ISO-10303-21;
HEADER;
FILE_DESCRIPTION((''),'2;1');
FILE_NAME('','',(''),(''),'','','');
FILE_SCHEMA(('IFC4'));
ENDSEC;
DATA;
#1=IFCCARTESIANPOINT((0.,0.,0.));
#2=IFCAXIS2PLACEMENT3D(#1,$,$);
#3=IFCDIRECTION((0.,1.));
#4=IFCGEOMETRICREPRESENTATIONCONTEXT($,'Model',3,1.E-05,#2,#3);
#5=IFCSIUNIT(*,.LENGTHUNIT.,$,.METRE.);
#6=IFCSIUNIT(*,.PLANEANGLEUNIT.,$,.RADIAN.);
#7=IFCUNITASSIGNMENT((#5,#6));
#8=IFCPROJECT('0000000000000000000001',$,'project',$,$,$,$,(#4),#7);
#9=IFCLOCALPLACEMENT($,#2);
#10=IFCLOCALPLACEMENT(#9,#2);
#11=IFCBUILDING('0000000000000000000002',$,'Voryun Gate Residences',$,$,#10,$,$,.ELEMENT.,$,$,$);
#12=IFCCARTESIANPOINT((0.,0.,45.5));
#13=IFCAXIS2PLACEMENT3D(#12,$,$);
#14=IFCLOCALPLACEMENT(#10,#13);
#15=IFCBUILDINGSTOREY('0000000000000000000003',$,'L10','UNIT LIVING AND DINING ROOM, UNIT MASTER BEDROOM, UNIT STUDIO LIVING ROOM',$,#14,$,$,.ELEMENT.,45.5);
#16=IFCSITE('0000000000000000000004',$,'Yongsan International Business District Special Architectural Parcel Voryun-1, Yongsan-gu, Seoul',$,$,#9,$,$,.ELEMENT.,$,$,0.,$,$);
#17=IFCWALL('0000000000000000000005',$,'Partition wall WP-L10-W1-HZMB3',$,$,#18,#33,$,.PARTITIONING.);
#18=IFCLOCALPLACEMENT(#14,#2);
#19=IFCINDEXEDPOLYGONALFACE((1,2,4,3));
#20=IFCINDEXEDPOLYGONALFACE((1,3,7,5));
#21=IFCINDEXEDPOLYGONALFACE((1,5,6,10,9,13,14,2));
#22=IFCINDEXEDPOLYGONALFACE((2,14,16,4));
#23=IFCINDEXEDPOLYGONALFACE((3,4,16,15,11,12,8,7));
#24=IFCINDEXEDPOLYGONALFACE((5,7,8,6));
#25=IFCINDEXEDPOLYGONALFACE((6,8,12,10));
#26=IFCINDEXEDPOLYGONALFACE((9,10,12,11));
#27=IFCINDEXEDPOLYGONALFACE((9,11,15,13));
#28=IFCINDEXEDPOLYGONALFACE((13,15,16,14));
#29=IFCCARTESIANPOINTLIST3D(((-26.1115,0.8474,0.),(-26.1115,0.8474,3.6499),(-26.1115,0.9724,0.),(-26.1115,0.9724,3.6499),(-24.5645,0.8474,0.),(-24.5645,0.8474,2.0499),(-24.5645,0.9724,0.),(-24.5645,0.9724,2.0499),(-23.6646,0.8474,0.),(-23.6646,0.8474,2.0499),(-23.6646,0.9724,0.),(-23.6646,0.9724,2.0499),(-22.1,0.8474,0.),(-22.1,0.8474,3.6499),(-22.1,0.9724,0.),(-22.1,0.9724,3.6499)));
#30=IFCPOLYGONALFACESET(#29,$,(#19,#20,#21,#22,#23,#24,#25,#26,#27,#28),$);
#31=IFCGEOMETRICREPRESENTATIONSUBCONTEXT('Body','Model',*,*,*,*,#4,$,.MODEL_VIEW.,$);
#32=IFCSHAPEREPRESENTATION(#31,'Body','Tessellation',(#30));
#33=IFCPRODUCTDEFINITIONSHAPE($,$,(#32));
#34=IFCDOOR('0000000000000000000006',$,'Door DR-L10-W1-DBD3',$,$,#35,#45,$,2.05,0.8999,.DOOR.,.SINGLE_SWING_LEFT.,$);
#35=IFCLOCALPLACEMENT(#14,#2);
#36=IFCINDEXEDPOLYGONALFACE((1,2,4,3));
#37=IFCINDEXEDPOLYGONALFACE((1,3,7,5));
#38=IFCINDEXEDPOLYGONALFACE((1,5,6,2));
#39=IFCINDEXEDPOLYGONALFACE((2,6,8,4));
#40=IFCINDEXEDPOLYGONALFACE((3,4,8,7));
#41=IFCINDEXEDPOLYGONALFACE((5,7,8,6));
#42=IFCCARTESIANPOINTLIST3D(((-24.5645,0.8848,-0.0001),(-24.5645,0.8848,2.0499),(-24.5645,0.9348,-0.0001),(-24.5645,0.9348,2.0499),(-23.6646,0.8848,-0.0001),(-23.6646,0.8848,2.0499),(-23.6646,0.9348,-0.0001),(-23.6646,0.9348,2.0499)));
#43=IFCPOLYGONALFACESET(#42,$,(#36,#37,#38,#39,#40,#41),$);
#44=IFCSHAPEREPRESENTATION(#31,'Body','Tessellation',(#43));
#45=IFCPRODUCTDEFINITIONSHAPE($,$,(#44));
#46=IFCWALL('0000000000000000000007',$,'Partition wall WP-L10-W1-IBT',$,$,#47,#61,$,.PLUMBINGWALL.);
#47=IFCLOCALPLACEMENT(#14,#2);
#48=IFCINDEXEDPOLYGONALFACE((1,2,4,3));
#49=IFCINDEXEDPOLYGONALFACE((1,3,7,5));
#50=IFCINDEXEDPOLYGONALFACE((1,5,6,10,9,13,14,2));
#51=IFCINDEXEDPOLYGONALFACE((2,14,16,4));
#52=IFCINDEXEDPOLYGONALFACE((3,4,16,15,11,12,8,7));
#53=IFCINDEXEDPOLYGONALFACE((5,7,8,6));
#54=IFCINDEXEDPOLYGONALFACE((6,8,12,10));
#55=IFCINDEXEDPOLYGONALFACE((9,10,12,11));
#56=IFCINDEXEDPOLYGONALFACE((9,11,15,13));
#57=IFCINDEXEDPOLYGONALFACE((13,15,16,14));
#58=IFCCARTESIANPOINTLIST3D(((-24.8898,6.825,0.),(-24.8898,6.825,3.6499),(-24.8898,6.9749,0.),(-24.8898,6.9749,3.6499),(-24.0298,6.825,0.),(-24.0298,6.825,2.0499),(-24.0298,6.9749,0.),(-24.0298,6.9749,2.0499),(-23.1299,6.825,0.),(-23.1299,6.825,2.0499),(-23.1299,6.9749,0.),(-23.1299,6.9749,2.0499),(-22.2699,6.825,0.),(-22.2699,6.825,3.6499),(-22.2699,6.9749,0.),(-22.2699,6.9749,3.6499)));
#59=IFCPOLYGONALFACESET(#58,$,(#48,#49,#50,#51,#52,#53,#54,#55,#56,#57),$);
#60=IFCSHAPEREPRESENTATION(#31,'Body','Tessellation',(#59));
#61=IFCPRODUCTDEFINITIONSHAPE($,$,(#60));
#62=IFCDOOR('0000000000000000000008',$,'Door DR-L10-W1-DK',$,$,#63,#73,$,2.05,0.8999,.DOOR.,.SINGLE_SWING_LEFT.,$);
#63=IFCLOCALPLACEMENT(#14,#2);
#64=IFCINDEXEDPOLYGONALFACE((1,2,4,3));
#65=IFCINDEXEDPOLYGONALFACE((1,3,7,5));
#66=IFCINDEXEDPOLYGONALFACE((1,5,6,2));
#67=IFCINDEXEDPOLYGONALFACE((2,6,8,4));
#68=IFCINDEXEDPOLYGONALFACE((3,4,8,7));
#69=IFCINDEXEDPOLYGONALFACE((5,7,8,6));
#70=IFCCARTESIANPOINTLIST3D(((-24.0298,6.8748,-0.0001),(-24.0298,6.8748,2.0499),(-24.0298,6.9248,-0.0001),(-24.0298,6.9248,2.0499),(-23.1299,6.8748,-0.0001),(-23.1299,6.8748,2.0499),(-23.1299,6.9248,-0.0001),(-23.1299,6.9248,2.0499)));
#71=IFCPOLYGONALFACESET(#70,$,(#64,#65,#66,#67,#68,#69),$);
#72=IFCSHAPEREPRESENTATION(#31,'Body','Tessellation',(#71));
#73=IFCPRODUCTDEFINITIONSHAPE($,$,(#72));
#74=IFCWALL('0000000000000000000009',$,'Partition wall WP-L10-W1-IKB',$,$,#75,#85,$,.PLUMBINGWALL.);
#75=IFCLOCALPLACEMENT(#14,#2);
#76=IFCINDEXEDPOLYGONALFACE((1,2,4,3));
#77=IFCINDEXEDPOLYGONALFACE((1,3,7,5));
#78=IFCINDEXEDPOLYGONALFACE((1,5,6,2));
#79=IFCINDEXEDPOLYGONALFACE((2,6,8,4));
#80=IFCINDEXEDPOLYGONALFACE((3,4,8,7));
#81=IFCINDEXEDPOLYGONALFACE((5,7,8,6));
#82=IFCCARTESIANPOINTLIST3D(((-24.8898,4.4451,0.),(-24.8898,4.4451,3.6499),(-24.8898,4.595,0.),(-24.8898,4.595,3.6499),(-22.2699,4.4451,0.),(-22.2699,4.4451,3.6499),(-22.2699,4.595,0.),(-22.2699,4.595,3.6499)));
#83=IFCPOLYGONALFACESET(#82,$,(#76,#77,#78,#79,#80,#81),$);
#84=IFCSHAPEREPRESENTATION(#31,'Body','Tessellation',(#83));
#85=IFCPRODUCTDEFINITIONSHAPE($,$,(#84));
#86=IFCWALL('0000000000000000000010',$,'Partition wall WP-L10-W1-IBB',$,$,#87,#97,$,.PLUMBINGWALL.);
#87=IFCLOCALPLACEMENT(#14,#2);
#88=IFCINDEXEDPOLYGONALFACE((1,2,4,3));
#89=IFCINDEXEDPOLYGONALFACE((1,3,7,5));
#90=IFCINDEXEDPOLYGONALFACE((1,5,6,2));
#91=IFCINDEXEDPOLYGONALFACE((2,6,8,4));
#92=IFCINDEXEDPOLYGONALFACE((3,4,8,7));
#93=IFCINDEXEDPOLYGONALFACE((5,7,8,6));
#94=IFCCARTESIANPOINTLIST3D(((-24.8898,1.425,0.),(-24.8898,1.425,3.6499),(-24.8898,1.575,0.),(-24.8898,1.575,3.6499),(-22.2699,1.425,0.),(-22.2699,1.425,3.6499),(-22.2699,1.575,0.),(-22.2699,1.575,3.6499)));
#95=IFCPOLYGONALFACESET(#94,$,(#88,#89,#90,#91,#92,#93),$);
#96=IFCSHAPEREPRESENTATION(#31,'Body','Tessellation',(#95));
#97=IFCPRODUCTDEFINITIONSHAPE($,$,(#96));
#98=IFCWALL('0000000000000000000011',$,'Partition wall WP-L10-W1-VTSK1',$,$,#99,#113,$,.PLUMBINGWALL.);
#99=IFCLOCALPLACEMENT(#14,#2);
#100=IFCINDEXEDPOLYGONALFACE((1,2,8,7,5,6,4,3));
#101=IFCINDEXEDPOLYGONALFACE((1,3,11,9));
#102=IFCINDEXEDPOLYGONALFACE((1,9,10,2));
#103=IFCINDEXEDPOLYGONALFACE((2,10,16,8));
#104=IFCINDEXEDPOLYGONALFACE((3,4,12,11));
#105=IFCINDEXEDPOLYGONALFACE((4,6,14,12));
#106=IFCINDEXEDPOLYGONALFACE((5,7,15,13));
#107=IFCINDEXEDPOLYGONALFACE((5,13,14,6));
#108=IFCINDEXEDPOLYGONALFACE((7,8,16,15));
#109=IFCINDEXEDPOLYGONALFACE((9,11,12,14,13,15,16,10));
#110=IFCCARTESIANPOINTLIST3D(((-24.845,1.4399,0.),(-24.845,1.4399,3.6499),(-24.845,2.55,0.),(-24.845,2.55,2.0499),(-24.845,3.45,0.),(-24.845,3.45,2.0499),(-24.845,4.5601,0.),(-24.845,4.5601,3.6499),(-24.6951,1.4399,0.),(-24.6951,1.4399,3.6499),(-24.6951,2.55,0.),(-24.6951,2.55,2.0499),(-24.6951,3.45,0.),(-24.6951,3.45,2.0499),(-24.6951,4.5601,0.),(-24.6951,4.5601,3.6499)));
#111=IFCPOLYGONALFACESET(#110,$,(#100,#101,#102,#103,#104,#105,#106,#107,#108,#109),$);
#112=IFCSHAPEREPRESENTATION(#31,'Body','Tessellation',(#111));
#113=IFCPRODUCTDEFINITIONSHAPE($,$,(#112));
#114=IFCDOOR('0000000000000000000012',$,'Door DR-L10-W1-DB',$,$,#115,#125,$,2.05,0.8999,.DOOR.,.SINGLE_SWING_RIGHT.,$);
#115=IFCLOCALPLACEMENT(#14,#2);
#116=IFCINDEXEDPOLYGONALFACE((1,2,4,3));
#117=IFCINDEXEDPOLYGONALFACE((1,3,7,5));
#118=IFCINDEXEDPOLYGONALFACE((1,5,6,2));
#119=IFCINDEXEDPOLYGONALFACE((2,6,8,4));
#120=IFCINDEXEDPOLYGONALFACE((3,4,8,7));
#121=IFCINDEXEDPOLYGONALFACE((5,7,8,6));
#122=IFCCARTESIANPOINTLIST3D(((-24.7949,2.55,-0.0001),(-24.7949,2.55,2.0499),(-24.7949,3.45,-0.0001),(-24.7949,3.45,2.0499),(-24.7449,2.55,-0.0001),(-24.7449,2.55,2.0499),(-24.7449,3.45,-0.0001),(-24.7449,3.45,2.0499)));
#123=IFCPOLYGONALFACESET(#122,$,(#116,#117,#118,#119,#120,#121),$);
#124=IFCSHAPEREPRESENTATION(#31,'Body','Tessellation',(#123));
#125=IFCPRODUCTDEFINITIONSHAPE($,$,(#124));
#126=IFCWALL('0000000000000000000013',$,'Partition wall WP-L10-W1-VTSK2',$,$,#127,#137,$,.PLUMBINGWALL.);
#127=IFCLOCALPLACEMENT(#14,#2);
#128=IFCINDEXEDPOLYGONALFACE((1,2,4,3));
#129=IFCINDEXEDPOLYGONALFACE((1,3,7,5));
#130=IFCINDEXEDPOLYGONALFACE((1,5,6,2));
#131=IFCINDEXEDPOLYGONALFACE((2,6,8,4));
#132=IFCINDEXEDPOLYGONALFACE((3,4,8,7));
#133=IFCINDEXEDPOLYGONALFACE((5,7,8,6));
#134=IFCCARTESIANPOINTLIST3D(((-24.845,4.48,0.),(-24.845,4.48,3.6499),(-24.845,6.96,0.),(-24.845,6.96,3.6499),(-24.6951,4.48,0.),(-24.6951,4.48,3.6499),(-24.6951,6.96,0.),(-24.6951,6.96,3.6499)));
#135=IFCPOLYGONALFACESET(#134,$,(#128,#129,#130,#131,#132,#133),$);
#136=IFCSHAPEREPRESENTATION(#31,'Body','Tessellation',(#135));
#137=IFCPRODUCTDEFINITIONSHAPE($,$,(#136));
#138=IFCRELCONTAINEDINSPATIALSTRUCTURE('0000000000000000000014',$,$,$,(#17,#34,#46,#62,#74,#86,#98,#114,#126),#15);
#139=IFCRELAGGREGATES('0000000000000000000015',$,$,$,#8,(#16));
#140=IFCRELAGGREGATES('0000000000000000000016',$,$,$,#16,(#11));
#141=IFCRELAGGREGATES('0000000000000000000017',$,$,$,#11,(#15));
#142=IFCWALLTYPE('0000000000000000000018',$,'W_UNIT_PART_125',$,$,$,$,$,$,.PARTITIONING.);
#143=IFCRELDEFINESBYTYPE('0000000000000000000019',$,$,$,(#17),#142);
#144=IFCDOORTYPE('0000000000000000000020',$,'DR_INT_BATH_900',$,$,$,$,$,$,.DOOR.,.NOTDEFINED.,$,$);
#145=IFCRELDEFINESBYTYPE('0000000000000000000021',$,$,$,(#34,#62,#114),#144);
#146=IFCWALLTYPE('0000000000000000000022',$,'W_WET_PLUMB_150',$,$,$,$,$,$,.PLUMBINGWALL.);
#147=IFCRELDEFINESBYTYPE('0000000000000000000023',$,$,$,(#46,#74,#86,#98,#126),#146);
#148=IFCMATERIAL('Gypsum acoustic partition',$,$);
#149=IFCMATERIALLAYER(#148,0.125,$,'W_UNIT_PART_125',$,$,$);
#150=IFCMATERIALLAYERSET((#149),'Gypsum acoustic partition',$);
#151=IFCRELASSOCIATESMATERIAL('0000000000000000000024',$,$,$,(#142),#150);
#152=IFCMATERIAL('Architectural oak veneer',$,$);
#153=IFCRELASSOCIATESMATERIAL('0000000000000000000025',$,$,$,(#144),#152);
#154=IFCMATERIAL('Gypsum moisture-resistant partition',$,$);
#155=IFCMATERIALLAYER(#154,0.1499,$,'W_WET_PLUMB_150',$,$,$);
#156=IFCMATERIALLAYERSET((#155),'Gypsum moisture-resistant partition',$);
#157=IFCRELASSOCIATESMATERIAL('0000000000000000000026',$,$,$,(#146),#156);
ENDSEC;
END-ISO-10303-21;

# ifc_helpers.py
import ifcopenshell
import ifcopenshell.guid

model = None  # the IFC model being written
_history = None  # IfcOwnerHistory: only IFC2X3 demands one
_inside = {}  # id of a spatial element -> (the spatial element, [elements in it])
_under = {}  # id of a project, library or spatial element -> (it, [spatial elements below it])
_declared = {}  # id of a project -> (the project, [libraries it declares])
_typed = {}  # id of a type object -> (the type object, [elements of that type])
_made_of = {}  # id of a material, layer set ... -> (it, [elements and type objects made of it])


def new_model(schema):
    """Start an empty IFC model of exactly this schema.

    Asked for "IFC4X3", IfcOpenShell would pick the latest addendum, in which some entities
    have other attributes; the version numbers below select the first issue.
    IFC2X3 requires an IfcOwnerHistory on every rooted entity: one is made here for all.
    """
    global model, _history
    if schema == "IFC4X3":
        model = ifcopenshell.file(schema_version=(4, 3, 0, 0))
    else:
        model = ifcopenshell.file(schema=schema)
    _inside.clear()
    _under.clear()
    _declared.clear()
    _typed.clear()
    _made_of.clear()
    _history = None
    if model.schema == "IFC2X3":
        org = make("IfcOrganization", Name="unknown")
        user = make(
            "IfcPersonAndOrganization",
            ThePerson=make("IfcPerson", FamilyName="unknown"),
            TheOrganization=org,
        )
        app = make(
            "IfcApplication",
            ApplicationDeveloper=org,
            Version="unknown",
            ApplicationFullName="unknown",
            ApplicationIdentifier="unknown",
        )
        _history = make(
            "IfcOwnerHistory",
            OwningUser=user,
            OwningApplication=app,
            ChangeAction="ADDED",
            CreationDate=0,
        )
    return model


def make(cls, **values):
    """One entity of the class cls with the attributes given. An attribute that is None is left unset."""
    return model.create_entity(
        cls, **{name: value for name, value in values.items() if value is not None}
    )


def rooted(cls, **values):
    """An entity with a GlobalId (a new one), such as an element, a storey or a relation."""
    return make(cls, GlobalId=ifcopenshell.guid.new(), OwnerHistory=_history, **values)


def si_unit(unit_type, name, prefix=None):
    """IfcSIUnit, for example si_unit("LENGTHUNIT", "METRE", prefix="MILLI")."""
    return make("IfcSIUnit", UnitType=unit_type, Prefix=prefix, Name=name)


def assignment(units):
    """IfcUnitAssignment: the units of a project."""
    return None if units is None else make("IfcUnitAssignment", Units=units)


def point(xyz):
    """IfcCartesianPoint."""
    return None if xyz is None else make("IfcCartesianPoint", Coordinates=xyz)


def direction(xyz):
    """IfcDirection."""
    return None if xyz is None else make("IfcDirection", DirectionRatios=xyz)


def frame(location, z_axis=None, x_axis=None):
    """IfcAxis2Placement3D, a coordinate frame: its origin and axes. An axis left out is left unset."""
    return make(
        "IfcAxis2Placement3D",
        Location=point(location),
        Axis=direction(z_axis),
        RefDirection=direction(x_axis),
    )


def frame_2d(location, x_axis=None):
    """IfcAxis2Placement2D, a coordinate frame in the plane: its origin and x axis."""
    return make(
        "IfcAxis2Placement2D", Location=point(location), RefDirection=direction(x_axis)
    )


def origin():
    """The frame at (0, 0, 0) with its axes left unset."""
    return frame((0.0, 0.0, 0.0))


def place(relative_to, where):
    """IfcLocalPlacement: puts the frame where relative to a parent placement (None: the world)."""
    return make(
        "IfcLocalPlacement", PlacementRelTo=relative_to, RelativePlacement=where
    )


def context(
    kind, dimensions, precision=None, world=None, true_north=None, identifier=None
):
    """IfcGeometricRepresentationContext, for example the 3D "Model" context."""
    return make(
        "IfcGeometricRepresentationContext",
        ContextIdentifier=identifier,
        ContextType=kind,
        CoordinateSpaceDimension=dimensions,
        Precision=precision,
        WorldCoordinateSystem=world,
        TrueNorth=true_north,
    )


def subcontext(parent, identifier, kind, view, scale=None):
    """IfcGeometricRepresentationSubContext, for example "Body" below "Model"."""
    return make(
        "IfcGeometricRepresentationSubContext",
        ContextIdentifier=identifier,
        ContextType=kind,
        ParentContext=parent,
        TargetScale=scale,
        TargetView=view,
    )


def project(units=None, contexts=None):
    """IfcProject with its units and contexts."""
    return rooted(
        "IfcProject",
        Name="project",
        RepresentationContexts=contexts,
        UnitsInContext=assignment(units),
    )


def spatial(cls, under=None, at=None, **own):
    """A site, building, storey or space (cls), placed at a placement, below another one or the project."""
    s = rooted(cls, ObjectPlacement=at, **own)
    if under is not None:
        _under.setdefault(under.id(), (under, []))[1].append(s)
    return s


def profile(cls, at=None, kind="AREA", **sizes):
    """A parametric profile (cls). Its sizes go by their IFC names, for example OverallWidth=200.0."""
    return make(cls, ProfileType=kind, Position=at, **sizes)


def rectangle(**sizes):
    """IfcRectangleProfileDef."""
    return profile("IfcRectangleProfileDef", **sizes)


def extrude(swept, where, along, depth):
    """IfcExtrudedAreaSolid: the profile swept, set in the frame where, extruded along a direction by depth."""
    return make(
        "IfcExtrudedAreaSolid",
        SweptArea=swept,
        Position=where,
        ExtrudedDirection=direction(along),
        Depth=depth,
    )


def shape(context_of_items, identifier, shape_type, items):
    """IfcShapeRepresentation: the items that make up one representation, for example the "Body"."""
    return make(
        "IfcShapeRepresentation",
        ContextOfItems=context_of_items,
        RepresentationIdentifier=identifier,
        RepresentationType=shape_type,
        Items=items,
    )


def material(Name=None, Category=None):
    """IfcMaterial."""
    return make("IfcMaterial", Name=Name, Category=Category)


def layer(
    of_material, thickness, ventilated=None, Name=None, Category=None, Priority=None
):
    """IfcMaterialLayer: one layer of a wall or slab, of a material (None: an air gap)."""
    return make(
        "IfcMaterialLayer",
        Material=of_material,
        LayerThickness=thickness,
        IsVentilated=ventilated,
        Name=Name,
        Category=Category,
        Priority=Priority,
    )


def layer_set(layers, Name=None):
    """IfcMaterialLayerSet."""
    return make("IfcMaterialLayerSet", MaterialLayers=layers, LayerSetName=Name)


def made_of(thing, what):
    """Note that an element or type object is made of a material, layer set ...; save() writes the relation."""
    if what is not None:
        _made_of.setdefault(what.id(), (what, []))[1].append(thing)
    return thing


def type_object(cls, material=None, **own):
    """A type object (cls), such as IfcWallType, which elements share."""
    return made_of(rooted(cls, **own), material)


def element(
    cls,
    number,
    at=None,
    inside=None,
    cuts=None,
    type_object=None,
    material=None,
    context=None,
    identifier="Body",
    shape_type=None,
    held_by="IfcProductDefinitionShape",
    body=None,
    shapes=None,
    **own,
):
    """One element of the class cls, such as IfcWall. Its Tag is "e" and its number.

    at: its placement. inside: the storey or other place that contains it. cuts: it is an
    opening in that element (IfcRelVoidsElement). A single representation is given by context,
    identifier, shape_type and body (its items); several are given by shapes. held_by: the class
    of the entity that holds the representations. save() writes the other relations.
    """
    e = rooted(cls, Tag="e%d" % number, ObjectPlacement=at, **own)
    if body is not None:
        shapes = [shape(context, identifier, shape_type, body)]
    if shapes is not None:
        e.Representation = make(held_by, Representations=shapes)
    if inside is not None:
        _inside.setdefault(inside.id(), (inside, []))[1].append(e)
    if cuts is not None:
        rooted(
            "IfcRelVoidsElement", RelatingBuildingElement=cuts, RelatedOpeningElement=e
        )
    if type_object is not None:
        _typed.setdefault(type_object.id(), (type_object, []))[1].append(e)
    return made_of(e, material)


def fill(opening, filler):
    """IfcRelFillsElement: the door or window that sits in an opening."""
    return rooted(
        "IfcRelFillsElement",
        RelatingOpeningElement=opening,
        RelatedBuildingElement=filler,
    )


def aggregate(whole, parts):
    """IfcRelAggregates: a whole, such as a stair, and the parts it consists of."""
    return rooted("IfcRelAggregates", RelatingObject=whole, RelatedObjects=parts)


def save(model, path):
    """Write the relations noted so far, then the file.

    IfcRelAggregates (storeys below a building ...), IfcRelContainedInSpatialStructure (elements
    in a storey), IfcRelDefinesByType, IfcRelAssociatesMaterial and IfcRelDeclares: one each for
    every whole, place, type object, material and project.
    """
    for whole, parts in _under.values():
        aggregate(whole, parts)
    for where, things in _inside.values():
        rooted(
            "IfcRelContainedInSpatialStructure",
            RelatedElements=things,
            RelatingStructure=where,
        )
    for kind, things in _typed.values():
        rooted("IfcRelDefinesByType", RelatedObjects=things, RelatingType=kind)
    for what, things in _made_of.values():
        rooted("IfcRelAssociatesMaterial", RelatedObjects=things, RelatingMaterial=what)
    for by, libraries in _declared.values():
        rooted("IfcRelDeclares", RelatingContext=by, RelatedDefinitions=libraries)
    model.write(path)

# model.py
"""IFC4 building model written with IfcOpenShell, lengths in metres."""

from ifc_helpers import new_model, si_unit, direction, frame, frame_2d, origin, place, context, subcontext, project, spatial, rectangle, extrude, material, layer, layer_set, type_object, element, fill, save


model = new_model("IFC4")

# Units and contexts
model_context = context("Model", 3, precision=1e-05, world=origin(), true_north=direction((0.0, 1.0)))
body_context = subcontext(model_context, "Body", "Model", "MODEL_VIEW")
ifc_project = project(units=[si_unit("LENGTHUNIT", "METRE"), si_unit("PLANEANGLEUNIT", "RADIAN")], contexts=[model_context])

# Site, building, storey
site_placement = place(None, origin())
site = spatial("IfcSite", under=ifc_project, at=site_placement, Name="Yongsan International Business District Special Architectural Parcel Voryun-1, Yongsan-gu, Seoul", CompositionType="ELEMENT", RefElevation=0.0)
building_placement = place(site_placement, origin())
building = spatial("IfcBuilding", under=site, at=building_placement, Name="Voryun Gate Residences", CompositionType="ELEMENT")
storey_placement = place(building_placement, frame((0.0, 0.0, 45.5)))
storey = spatial("IfcBuildingStorey", under=building, at=storey_placement, Name="L10", Description="UNIT LIVING AND DINING ROOM, UNIT MASTER BEDROOM, UNIT STUDIO LIVING ROOM", CompositionType="ELEMENT", Elevation=45.5)

# Walls, openings, doors
ifc_material_1 = material(Name="Gypsum acoustic partition")
ifc_layer_1 = layer(ifc_material_1, 0.125, Name="W_UNIT_PART_125")
ifc_layer_set_1 = layer_set([ifc_layer_1], Name="Gypsum acoustic partition")
wall_type_1 = type_object("IfcWallType", Name="W_UNIT_PART_125", PredefinedType="PARTITIONING", material=ifc_layer_set_1)
ifc_material_2 = material(Name="Architectural oak veneer")
door_type_1 = type_object("IfcDoorType", Name="DR_INT_BATH_900", OperationType="NOTDEFINED", PredefinedType="DOOR", material=ifc_material_2)
wall_1_placement = place(storey_placement, frame((-26.1116, 0.9099, 0.0), z_axis=(0.0, 0.0, 1.0), x_axis=(1.0, 0.0, 0.0)))
wall_1 = element("IfcWall", 1, at=wall_1_placement, inside=storey, type_object=wall_type_1, Name="Partition wall WP-L10-W1-HZMB3", PredefinedType="PARTITIONING", context=body_context, shape_type="SweptSolid", body=[
    extrude(rectangle(XDim=4.0115, YDim=0.125, at=frame_2d((2.0059, 0.0))), origin(), (0.0, 0.0, 1.0), 3.6499),
])
opening_1_placement = place(wall_1_placement, frame((1.5471, 0.0, 0.0)))
opening_1 = element("IfcOpeningElement", 2, at=opening_1_placement, cuts=wall_1, PredefinedType="OPENING", context=body_context, shape_type="SweptSolid", body=[
    extrude(rectangle(XDim=0.8999, YDim=2.05, at=frame_2d((0.45, 1.0249))), frame((0.0, 0.0725, 0.0), z_axis=(0.0, -1.0, 0.0), x_axis=(1.0, 0.0, 0.0)), (0.0, 0.0, 1.0), 0.145),
])
door_1_placement = place(opening_1_placement, origin())
door_1 = element("IfcDoor", 3, at=door_1_placement, inside=storey, type_object=door_type_1, Name="Door DR-L10-W1-DBD3", OperationType="SINGLE_SWING_LEFT", OverallHeight=2.05, OverallWidth=0.8999, PredefinedType="DOOR", context=body_context, shape_type="SweptSolid", body=[
    extrude(rectangle(XDim=0.8999, YDim=2.05, at=frame_2d((0.45, 1.0249))), frame((0.0, 0.0249, 0.0), z_axis=(0.0, -1.0, 0.0), x_axis=(1.0, 0.0, 0.0)), (0.0, 0.0, 1.0), 0.05),
])
fill(opening_1, door_1)
ifc_material_3 = material(Name="Gypsum moisture-resistant partition")
ifc_layer_2 = layer(ifc_material_3, 0.1499, Name="W_WET_PLUMB_150")
ifc_layer_set_2 = layer_set([ifc_layer_2], Name="Gypsum moisture-resistant partition")
wall_type_2 = type_object("IfcWallType", Name="W_WET_PLUMB_150", PredefinedType="PLUMBINGWALL", material=ifc_layer_set_2)
wall_2_placement = place(storey_placement, frame((-24.8899, 6.8999, 0.0), z_axis=(0.0, 0.0, 1.0), x_axis=(1.0, 0.0, 0.0)))
wall_2 = element("IfcWall", 4, at=wall_2_placement, inside=storey, type_object=wall_type_2, Name="Partition wall WP-L10-W1-IBT", PredefinedType="PLUMBINGWALL", context=body_context, shape_type="SweptSolid", body=[
    extrude(rectangle(XDim=2.6199, YDim=0.1499, at=frame_2d((1.3101, 0.0))), origin(), (0.0, 0.0, 1.0), 3.6499),
])
opening_2_placement = place(wall_2_placement, frame((0.8601, 0.0, 0.0)))
opening_2 = element("IfcOpeningElement", 5, at=opening_2_placement, cuts=wall_2, PredefinedType="OPENING", context=body_context, shape_type="SweptSolid", body=[
    extrude(rectangle(XDim=0.8999, YDim=2.05, at=frame_2d((0.45, 1.0249))), frame((0.0, 0.085, 0.0), z_axis=(0.0, -1.0, 0.0), x_axis=(1.0, 0.0, 0.0)), (0.0, 0.0, 1.0), 0.1699),
])
door_2_placement = place(opening_2_placement, origin())
door_2 = element("IfcDoor", 6, at=door_2_placement, inside=storey, type_object=door_type_1, Name="Door DR-L10-W1-DK", OperationType="SINGLE_SWING_LEFT", OverallHeight=2.05, OverallWidth=0.8999, PredefinedType="DOOR", context=body_context, shape_type="SweptSolid", body=[
    extrude(rectangle(XDim=0.8999, YDim=2.05, at=frame_2d((0.45, 1.0249))), frame((0.0, 0.0249, 0.0), z_axis=(0.0, -1.0, 0.0), x_axis=(1.0, 0.0, 0.0)), (0.0, 0.0, 1.0), 0.05),
])
fill(opening_2, door_2)

# Walls
for number, where, z_axis, x_axis, name in (
    (7, (-24.8899, 4.52, 0.0), (0.0, 0.0, 1.0), (1.0, 0.0, 0.0), "Partition wall WP-L10-W1-IKB"),
    (8, (-24.8899, 1.5, 0.0), (0.0, 0.0, 1.0), (1.0, 0.0, 0.0), "Partition wall WP-L10-W1-IBB"),
):
    element("IfcWall", number, at=place(storey_placement, frame(where, z_axis=z_axis, x_axis=x_axis)), inside=storey, type_object=wall_type_2, Name=name, PredefinedType="PLUMBINGWALL", context=body_context, shape_type="SweptSolid", body=[
        extrude(rectangle(XDim=2.6199, YDim=0.1499, at=frame_2d((1.3101, 0.0))), origin(), (0.0, 0.0, 1.0), 3.6499),
    ])

# Wall, opening, door
wall_3_placement = place(storey_placement, frame((-24.77, 1.4399, 0.0), z_axis=(0.0, 0.0, 1.0), x_axis=(0.0, 1.0, 0.0)))
wall_3 = element("IfcWall", 9, at=wall_3_placement, inside=storey, type_object=wall_type_2, Name="Partition wall WP-L10-W1-VTSK1", PredefinedType="PLUMBINGWALL", context=body_context, shape_type="SweptSolid", body=[
    extrude(rectangle(XDim=3.1201, YDim=0.1499, at=frame_2d((1.5601, 0.0))), origin(), (0.0, 0.0, 1.0), 3.6499),
])
opening_3_placement = place(wall_3_placement, frame((1.1101, 0.0, 0.0)))
opening_3 = element("IfcOpeningElement", 10, at=opening_3_placement, cuts=wall_3, PredefinedType="OPENING", context=body_context, shape_type="SweptSolid", body=[
    extrude(rectangle(XDim=0.8999, YDim=2.05, at=frame_2d((0.45, 1.0249))), frame((0.0, 0.085, 0.0), z_axis=(0.0, -1.0, 0.0), x_axis=(1.0, 0.0, 0.0)), (0.0, 0.0, 1.0), 0.1699),
])
door_3_placement = place(opening_3_placement, origin())
door_3 = element("IfcDoor", 11, at=door_3_placement, inside=storey, type_object=door_type_1, Name="Door DR-L10-W1-DB", OperationType="SINGLE_SWING_RIGHT", OverallHeight=2.05, OverallWidth=0.8999, PredefinedType="DOOR", context=body_context, shape_type="SweptSolid", body=[
    extrude(rectangle(XDim=0.8999, YDim=2.05, at=frame_2d((0.45, 1.0249))), frame((0.0, 0.0249, 0.0), z_axis=(0.0, -1.0, 0.0), x_axis=(1.0, 0.0, 0.0)), (0.0, 0.0, 1.0), 0.05),
])
fill(opening_3, door_3)

# Wall
wall_4_placement = place(storey_placement, frame((-24.77, 4.48, 0.0), z_axis=(0.0, 0.0, 1.0), x_axis=(0.0, 1.0, 0.0)))
element("IfcWall", 12, at=wall_4_placement, inside=storey, type_object=wall_type_2, Name="Partition wall WP-L10-W1-VTSK2", PredefinedType="PLUMBINGWALL", context=body_context, shape_type="SweptSolid", body=[
    extrude(rectangle(XDim=2.48, YDim=0.1499, at=frame_2d((1.24, 0.0))), origin(), (0.0, 0.0, 1.0), 3.6499),
])

save(model, "model.ifc")
